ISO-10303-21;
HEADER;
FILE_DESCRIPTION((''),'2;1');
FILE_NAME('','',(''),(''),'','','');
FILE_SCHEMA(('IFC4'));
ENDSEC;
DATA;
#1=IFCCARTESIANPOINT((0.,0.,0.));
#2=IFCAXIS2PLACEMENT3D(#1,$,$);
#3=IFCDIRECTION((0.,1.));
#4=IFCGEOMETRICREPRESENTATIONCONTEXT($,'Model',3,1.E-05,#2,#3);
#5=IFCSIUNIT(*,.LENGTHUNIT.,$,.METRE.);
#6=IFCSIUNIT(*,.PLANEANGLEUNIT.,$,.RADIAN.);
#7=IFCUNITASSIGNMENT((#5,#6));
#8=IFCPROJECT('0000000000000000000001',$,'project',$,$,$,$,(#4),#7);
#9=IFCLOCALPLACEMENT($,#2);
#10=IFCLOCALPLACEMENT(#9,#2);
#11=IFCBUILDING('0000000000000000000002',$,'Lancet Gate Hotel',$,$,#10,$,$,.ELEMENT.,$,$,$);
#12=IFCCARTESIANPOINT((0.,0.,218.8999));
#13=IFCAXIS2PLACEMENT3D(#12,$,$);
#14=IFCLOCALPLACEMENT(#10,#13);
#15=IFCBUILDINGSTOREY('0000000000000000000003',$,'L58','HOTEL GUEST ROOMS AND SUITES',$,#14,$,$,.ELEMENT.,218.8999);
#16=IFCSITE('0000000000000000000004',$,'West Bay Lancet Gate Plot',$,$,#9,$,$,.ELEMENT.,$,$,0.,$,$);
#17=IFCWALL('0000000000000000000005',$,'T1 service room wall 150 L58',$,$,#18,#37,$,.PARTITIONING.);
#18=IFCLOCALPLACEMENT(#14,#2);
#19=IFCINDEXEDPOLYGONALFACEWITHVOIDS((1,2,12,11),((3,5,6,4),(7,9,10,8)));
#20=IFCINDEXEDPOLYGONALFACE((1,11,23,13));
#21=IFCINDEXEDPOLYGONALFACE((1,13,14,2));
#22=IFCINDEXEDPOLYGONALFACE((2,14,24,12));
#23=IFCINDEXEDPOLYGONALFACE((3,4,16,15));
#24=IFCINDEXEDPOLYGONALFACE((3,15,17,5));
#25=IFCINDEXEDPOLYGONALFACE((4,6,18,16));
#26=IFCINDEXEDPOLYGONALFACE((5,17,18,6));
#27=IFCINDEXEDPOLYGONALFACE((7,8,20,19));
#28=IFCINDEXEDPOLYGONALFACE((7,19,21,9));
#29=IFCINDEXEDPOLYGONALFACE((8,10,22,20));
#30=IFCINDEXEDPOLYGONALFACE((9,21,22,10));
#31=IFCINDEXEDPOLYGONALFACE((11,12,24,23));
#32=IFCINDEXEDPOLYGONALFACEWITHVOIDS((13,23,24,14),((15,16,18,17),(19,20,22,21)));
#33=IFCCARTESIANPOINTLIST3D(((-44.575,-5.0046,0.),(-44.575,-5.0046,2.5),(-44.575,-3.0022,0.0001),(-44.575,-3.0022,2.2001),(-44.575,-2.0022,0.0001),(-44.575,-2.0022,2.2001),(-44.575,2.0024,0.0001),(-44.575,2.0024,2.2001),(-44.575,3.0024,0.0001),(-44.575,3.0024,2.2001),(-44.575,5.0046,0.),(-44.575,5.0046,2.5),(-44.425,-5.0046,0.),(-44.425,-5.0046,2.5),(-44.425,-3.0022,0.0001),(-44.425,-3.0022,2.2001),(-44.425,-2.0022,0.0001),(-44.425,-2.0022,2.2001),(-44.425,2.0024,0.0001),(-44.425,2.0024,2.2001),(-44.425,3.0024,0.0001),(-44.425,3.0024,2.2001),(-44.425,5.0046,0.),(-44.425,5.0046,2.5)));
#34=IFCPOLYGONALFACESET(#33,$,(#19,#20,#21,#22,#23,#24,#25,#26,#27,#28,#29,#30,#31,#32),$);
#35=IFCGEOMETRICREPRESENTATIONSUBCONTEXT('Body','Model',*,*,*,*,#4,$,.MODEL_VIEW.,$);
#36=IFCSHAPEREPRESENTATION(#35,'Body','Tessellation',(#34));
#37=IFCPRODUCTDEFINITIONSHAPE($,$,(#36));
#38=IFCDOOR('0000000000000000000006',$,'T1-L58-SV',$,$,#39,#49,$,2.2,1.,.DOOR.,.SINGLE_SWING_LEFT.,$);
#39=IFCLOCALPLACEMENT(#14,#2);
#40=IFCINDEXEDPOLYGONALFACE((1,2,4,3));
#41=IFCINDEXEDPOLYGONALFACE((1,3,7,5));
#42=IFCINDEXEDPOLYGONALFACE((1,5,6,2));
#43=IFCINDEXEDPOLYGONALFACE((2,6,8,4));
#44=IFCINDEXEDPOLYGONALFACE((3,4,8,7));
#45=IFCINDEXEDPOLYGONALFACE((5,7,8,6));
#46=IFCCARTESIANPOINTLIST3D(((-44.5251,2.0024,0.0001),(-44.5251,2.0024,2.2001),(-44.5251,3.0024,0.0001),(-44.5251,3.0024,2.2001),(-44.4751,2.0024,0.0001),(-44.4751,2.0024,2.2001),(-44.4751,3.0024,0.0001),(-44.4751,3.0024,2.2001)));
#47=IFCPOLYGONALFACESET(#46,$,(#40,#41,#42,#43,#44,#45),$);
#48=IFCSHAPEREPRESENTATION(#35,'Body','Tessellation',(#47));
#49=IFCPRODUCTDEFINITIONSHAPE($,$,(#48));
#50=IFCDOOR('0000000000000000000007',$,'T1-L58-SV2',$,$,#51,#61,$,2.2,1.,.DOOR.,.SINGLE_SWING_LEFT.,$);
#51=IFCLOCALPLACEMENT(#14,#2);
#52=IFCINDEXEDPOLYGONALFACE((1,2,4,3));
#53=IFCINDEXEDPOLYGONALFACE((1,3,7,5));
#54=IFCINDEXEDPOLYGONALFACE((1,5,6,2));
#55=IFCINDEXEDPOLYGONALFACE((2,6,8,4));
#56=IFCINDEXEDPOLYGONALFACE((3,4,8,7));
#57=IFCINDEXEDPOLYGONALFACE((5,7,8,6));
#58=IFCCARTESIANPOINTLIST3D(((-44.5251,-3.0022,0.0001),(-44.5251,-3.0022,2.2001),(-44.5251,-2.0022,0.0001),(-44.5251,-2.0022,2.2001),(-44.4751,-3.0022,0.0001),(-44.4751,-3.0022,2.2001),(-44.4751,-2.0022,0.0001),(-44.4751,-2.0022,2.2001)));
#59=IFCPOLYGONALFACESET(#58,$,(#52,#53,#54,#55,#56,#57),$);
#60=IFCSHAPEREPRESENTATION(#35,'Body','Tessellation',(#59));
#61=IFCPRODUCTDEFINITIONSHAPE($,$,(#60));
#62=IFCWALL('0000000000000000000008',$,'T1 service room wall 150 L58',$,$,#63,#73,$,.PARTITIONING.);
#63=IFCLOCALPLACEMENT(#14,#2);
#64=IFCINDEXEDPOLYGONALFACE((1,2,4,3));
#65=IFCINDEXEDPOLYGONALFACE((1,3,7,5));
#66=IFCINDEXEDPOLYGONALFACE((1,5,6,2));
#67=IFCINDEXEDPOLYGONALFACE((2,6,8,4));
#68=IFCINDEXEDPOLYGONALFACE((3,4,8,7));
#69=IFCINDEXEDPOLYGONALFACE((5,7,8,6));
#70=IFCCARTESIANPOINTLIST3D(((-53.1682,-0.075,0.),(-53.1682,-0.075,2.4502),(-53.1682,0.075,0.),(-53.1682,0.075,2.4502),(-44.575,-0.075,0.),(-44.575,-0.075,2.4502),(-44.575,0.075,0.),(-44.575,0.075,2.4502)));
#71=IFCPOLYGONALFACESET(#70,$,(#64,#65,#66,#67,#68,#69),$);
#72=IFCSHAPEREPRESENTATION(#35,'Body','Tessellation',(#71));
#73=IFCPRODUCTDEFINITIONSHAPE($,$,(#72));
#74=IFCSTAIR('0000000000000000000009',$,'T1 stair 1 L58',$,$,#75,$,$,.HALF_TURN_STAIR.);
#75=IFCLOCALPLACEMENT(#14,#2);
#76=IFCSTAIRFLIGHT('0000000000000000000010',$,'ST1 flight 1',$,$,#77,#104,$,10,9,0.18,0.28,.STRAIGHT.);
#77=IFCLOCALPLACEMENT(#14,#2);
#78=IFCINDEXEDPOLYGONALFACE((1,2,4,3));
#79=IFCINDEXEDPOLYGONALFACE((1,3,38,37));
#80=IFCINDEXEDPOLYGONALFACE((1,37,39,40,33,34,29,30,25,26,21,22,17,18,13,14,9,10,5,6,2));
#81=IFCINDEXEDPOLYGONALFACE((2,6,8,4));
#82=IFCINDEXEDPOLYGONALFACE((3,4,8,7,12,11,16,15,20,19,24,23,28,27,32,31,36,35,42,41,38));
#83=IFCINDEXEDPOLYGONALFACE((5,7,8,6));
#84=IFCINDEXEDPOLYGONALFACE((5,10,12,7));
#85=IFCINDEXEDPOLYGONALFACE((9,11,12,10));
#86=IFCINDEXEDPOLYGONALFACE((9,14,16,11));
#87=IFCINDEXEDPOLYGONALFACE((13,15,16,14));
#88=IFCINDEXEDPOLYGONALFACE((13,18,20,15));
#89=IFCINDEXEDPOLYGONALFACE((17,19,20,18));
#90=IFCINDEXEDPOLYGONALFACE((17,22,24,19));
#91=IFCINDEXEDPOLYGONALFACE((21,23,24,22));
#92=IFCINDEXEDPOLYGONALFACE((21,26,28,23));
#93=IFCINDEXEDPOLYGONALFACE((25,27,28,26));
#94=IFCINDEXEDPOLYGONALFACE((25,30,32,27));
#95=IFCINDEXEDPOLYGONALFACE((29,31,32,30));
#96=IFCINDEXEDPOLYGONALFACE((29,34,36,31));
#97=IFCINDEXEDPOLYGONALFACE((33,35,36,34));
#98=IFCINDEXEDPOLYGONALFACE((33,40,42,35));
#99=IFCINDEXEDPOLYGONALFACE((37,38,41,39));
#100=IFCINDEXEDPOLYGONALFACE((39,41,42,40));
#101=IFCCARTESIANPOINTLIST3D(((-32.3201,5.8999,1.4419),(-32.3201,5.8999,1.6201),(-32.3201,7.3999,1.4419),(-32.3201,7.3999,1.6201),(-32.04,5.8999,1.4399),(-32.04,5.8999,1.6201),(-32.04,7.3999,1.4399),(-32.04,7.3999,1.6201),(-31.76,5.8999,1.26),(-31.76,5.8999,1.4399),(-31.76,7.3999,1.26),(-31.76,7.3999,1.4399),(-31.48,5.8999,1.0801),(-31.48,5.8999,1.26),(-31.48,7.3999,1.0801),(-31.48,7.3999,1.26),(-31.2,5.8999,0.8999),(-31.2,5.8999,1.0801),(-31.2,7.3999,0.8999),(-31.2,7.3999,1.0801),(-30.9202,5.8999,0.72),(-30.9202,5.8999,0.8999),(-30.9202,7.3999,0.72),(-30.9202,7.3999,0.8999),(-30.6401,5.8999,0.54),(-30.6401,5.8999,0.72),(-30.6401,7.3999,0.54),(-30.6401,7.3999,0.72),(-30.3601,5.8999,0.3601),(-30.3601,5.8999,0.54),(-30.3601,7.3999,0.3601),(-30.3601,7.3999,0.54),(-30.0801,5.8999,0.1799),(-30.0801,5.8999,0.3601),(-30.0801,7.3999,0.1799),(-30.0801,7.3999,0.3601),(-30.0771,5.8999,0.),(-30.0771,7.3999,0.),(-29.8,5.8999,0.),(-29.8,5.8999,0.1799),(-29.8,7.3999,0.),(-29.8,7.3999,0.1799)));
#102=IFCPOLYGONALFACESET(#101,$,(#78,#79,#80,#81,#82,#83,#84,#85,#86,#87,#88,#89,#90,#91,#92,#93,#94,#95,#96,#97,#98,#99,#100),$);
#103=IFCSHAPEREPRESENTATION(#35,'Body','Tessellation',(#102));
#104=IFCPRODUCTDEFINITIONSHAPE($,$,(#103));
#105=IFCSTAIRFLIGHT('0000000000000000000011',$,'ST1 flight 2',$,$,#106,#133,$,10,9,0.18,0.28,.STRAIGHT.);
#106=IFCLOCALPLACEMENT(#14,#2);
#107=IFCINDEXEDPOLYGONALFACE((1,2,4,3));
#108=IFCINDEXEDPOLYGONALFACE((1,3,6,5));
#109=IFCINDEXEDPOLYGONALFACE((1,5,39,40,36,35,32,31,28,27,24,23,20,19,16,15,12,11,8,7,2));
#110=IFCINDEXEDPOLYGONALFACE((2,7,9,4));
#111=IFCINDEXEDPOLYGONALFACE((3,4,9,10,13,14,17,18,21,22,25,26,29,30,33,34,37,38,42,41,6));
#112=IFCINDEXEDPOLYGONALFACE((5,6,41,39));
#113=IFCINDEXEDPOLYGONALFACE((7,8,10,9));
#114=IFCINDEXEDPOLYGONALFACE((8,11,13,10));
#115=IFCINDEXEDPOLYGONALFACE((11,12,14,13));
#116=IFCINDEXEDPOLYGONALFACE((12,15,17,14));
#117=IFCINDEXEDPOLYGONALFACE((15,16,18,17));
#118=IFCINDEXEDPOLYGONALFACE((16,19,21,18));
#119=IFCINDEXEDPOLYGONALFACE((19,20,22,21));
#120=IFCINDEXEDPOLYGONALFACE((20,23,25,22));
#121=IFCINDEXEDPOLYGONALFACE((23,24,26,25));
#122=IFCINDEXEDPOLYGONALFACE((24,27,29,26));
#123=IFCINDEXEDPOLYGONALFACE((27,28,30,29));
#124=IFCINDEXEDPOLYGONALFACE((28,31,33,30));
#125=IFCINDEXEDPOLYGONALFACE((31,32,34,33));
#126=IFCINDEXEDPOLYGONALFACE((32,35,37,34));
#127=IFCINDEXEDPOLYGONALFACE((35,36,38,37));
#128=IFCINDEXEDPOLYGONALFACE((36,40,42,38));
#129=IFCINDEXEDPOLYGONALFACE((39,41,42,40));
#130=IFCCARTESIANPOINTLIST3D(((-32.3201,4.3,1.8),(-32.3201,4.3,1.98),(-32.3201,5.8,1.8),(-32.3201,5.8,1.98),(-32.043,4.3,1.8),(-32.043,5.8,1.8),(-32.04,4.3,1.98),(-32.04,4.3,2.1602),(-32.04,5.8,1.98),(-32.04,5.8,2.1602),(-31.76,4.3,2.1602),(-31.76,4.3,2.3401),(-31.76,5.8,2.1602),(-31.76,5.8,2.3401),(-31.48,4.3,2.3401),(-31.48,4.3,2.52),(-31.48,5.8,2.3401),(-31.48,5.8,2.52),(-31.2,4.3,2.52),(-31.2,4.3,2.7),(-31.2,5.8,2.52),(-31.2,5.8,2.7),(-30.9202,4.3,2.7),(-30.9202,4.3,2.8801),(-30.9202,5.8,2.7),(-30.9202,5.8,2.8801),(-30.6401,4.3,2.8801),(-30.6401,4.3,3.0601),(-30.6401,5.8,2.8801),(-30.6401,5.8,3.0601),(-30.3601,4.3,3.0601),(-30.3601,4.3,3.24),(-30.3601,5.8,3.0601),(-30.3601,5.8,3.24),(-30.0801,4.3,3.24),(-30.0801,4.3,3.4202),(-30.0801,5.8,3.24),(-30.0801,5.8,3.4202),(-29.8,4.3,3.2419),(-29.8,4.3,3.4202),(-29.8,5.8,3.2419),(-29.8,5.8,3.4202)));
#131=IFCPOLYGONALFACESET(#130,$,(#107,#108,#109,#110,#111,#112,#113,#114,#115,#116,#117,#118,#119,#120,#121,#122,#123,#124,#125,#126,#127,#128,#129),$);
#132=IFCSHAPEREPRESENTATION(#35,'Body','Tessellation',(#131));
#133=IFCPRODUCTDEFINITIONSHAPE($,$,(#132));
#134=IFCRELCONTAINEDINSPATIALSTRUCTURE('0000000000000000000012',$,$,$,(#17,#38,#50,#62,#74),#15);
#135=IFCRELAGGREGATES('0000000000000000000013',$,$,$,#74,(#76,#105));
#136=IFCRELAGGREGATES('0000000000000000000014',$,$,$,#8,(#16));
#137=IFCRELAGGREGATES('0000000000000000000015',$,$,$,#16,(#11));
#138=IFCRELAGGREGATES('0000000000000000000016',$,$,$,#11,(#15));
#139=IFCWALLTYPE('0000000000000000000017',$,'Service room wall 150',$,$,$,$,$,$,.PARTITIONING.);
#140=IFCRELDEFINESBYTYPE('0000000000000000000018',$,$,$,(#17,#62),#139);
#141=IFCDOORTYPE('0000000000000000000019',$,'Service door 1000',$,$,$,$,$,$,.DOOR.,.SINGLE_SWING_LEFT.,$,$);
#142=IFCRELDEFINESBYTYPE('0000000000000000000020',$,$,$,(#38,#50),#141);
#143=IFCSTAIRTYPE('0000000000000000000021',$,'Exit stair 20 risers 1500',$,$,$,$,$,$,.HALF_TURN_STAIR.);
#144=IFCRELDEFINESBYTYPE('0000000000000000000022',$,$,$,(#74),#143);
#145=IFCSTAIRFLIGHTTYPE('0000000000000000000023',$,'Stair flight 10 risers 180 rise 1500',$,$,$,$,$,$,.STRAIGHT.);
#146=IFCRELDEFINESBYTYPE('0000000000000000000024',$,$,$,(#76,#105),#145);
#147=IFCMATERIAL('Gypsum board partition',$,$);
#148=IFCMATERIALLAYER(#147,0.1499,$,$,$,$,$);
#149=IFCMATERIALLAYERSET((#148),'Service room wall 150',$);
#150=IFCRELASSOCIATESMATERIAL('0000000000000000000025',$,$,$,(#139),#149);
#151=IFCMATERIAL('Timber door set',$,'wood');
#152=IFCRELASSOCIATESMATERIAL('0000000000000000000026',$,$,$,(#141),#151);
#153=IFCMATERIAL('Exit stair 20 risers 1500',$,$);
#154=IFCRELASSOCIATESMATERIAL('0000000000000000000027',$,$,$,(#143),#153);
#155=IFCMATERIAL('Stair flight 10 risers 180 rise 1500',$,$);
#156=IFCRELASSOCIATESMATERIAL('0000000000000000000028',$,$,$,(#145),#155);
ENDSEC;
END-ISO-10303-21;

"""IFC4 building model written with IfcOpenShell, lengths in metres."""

from ifc_helpers import new_model, si_unit, direction, frame, frame_2d, origin, place, context, subcontext, project, spatial, polyline, rectangle, outline, extrude, material, layer, layer_set, type_object, element, fill, aggregate, save


model = new_model("IFC4")

# Units and contexts
model_context = context("Model", 3, precision=1e-05, world=origin(), true_north=direction((0.0, 1.0)))
body_context = subcontext(model_context, "Body", "Model", "MODEL_VIEW")
ifc_project = project(units=[si_unit("LENGTHUNIT", "METRE"), si_unit("PLANEANGLEUNIT", "RADIAN")], contexts=[model_context])

# Site, building, storey
site_placement = place(None, origin())
site = spatial("IfcSite", under=ifc_project, at=site_placement, Name="West Bay Lancet Gate Plot", CompositionType="ELEMENT", RefElevation=0.0)
building_placement = place(site_placement, origin())
building = spatial("IfcBuilding", under=site, at=building_placement, Name="Lancet Gate Hotel", CompositionType="ELEMENT")
storey_placement = place(building_placement, frame((0.0, 0.0, 218.8999)))
storey = spatial("IfcBuildingStorey", under=building, at=storey_placement, Name="L58", Description="HOTEL GUEST ROOMS AND SUITES", CompositionType="ELEMENT", Elevation=218.8999)

# Shared definitions
ifc_material_1 = material(Name="Gypsum board partition")
ifc_layer_1 = layer(ifc_material_1, 0.1499)
ifc_layer_set_1 = layer_set([ifc_layer_1], Name="Service room wall 150")
wall_type_1 = type_object("IfcWallType", Name="Service room wall 150", PredefinedType="PARTITIONING", material=ifc_layer_set_1)

# Wall, openings, doors
wall_1_placement = place(storey_placement, frame((-44.5, 5.0046, 0.0), z_axis=(0.0, 0.0, 1.0), x_axis=(0.0, -1.0, 0.0)))
wall_1 = element("IfcWall", 1, at=wall_1_placement, inside=storey, type_object=wall_type_1, Name="T1 service room wall 150 L58", PredefinedType="PARTITIONING", context=body_context, shape_type="SweptSolid", body=[
    extrude(rectangle(XDim=10.0093, YDim=0.1499, at=frame_2d((5.0046, 0.0))), origin(), (0.0, 0.0, 1.0), 2.5),
])
opening_1_placement = place(wall_1_placement, frame((2.0022, 0.0, 0.0)))
opening_1 = element("IfcOpeningElement", 2, at=opening_1_placement, cuts=wall_1, PredefinedType="OPENING", context=body_context, shape_type="SweptSolid", body=[
    extrude(rectangle(XDim=1.0, YDim=2.2, at=frame_2d((0.5, 1.1001))), frame((0.0, 0.085, 0.0), z_axis=(0.0, -1.0, 0.0), x_axis=(1.0, 0.0, 0.0)), (0.0, 0.0, 1.0), 0.1699),
])
opening_2_placement = place(wall_1_placement, frame((7.0068, 0.0, 0.0)))
opening_2 = element("IfcOpeningElement", 3, at=opening_2_placement, cuts=wall_1, PredefinedType="OPENING", context=body_context, shape_type="SweptSolid", body=[
    extrude(rectangle(XDim=1.0, YDim=2.2, at=frame_2d((0.5, 1.1001))), frame((0.0, 0.085, 0.0), z_axis=(0.0, -1.0, 0.0), x_axis=(1.0, 0.0, 0.0)), (0.0, 0.0, 1.0), 0.1699),
])
ifc_material_2 = material(Name="Timber door set", Category="wood")
door_type_1 = type_object("IfcDoorType", Name="Service door 1000", OperationType="SINGLE_SWING_LEFT", PredefinedType="DOOR", material=ifc_material_2)
door_1_placement = place(opening_1_placement, origin())
door_1 = element("IfcDoor", 4, at=door_1_placement, inside=storey, type_object=door_type_1, Name="T1-L58-SV", OperationType="SINGLE_SWING_LEFT", OverallHeight=2.2, OverallWidth=1.0, PredefinedType="DOOR", context=body_context, shape_type="SweptSolid", body=[
    extrude(rectangle(XDim=1.0, YDim=2.2, at=frame_2d((0.5, 1.1001))), frame((0.0, 0.0249, 0.0), z_axis=(0.0, -1.0, 0.0), x_axis=(1.0, 0.0, 0.0)), (0.0, 0.0, 1.0), 0.05),
])
fill(opening_1, door_1)
door_2_placement = place(opening_2_placement, origin())
door_2 = element("IfcDoor", 5, at=door_2_placement, inside=storey, type_object=door_type_1, Name="T1-L58-SV2", OperationType="SINGLE_SWING_LEFT", OverallHeight=2.2, OverallWidth=1.0, PredefinedType="DOOR", context=body_context, shape_type="SweptSolid", body=[
    extrude(rectangle(XDim=1.0, YDim=2.2, at=frame_2d((0.5, 1.1001))), frame((0.0, 0.0249, 0.0), z_axis=(0.0, -1.0, 0.0), x_axis=(1.0, 0.0, 0.0)), (0.0, 0.0, 1.0), 0.05),
])
fill(opening_2, door_2)

# Wall
wall_2_placement = place(storey_placement, frame((-44.575, 0.0, 0.0), z_axis=(0.0, 0.0, 1.0), x_axis=(-1.0, 0.0, 0.0)))
element("IfcWall", 6, at=wall_2_placement, inside=storey, type_object=wall_type_1, Name="T1 service room wall 150 L58", PredefinedType="PARTITIONING", context=body_context, shape_type="SweptSolid", body=[
    extrude(rectangle(XDim=8.5933, YDim=0.1499, at=frame_2d((4.2966, 0.0))), origin(), (0.0, 0.0, 1.0), 2.4502),
])

# Stair, stair flights
ifc_material_3 = material(Name="Exit stair 20 risers 1500")
stair_type = type_object("IfcStairType", Name="Exit stair 20 risers 1500", PredefinedType="HALF_TURN_STAIR", material=ifc_material_3)
stair_placement = place(storey_placement, origin())
stair = element("IfcStair", 7, at=stair_placement, inside=storey, type_object=stair_type, Name="T1 stair 1 L58", PredefinedType="HALF_TURN_STAIR")
ifc_material_4 = material(Name="Stair flight 10 risers 180 rise 1500")
stair_flight_type = type_object("IfcStairFlightType", Name="Stair flight 10 risers 180 rise 1500", PredefinedType="STRAIGHT", material=ifc_material_4)
stair_flight_1_placement = place(storey_placement, frame((-29.8, 6.6499, 0.0), z_axis=(0.0, 0.0, 1.0), x_axis=(-1.0, 0.0, 0.0)))
stair_flight_1 = element("IfcStairFlight", 8, at=stair_flight_1_placement, type_object=stair_flight_type, Name="ST1 flight 1", NumberOfRisers=10, NumberOfTreads=9, PredefinedType="STRAIGHT", RiserHeight=0.18, TreadLength=0.28, context=body_context, shape_type="SweptSolid", body=[
    extrude(outline(polyline([(0.0, 0.0), (0.0, 0.1799), (0.28, 0.1799), (0.28, 0.3601), (0.5601, 0.3601), (0.5601, 0.54), (0.8401, 0.54), (0.8401, 0.72), (1.1201, 0.72), (1.1201, 0.8999), (1.3999, 0.8999), (1.3999, 1.0801), (1.6799, 1.0801), (1.6799, 1.26), (1.96, 1.26), (1.96, 1.4399), (2.24, 1.4399), (2.24, 1.6201), (2.52, 1.6201), (2.52, 1.8), (2.52, 1.4419), (0.2771, 0.0), (0.0, 0.0)])), frame((0.0, 0.75, 0.0), z_axis=(0.0, -1.0, 0.0), x_axis=(1.0, 0.0, 0.0)), (0.0, 0.0, 1.0), 1.5),
])
stair_flight_2_placement = place(storey_placement, frame((-32.3201, 5.05, 1.8), z_axis=(0.0, 0.0, 1.0), x_axis=(1.0, 0.0, 0.0)))
stair_flight_2 = element("IfcStairFlight", 9, at=stair_flight_2_placement, type_object=stair_flight_type, Name="ST1 flight 2", NumberOfRisers=10, NumberOfTreads=9, PredefinedType="STRAIGHT", RiserHeight=0.18, TreadLength=0.28, context=body_context, shape_type="SweptSolid", body=[
    extrude(outline(polyline([(0.0, 0.0), (0.0, 0.1799), (0.28, 0.1799), (0.28, 0.3601), (0.5601, 0.3601), (0.5601, 0.54), (0.8401, 0.54), (0.8401, 0.72), (1.1201, 0.72), (1.1201, 0.8999), (1.3999, 0.8999), (1.3999, 1.0801), (1.6799, 1.0801), (1.6799, 1.26), (1.96, 1.26), (1.96, 1.4399), (2.24, 1.4399), (2.24, 1.6201), (2.52, 1.6201), (2.52, 1.8), (2.52, 1.4419), (0.2771, 0.0), (0.0, 0.0)])), frame((0.0, 0.75, 0.0), z_axis=(0.0, -1.0, 0.0), x_axis=(1.0, 0.0, 0.0)), (0.0, 0.0, 1.0), 1.5),
])
aggregate(stair, [stair_flight_1, stair_flight_2])

save(model, "model.ifc")
